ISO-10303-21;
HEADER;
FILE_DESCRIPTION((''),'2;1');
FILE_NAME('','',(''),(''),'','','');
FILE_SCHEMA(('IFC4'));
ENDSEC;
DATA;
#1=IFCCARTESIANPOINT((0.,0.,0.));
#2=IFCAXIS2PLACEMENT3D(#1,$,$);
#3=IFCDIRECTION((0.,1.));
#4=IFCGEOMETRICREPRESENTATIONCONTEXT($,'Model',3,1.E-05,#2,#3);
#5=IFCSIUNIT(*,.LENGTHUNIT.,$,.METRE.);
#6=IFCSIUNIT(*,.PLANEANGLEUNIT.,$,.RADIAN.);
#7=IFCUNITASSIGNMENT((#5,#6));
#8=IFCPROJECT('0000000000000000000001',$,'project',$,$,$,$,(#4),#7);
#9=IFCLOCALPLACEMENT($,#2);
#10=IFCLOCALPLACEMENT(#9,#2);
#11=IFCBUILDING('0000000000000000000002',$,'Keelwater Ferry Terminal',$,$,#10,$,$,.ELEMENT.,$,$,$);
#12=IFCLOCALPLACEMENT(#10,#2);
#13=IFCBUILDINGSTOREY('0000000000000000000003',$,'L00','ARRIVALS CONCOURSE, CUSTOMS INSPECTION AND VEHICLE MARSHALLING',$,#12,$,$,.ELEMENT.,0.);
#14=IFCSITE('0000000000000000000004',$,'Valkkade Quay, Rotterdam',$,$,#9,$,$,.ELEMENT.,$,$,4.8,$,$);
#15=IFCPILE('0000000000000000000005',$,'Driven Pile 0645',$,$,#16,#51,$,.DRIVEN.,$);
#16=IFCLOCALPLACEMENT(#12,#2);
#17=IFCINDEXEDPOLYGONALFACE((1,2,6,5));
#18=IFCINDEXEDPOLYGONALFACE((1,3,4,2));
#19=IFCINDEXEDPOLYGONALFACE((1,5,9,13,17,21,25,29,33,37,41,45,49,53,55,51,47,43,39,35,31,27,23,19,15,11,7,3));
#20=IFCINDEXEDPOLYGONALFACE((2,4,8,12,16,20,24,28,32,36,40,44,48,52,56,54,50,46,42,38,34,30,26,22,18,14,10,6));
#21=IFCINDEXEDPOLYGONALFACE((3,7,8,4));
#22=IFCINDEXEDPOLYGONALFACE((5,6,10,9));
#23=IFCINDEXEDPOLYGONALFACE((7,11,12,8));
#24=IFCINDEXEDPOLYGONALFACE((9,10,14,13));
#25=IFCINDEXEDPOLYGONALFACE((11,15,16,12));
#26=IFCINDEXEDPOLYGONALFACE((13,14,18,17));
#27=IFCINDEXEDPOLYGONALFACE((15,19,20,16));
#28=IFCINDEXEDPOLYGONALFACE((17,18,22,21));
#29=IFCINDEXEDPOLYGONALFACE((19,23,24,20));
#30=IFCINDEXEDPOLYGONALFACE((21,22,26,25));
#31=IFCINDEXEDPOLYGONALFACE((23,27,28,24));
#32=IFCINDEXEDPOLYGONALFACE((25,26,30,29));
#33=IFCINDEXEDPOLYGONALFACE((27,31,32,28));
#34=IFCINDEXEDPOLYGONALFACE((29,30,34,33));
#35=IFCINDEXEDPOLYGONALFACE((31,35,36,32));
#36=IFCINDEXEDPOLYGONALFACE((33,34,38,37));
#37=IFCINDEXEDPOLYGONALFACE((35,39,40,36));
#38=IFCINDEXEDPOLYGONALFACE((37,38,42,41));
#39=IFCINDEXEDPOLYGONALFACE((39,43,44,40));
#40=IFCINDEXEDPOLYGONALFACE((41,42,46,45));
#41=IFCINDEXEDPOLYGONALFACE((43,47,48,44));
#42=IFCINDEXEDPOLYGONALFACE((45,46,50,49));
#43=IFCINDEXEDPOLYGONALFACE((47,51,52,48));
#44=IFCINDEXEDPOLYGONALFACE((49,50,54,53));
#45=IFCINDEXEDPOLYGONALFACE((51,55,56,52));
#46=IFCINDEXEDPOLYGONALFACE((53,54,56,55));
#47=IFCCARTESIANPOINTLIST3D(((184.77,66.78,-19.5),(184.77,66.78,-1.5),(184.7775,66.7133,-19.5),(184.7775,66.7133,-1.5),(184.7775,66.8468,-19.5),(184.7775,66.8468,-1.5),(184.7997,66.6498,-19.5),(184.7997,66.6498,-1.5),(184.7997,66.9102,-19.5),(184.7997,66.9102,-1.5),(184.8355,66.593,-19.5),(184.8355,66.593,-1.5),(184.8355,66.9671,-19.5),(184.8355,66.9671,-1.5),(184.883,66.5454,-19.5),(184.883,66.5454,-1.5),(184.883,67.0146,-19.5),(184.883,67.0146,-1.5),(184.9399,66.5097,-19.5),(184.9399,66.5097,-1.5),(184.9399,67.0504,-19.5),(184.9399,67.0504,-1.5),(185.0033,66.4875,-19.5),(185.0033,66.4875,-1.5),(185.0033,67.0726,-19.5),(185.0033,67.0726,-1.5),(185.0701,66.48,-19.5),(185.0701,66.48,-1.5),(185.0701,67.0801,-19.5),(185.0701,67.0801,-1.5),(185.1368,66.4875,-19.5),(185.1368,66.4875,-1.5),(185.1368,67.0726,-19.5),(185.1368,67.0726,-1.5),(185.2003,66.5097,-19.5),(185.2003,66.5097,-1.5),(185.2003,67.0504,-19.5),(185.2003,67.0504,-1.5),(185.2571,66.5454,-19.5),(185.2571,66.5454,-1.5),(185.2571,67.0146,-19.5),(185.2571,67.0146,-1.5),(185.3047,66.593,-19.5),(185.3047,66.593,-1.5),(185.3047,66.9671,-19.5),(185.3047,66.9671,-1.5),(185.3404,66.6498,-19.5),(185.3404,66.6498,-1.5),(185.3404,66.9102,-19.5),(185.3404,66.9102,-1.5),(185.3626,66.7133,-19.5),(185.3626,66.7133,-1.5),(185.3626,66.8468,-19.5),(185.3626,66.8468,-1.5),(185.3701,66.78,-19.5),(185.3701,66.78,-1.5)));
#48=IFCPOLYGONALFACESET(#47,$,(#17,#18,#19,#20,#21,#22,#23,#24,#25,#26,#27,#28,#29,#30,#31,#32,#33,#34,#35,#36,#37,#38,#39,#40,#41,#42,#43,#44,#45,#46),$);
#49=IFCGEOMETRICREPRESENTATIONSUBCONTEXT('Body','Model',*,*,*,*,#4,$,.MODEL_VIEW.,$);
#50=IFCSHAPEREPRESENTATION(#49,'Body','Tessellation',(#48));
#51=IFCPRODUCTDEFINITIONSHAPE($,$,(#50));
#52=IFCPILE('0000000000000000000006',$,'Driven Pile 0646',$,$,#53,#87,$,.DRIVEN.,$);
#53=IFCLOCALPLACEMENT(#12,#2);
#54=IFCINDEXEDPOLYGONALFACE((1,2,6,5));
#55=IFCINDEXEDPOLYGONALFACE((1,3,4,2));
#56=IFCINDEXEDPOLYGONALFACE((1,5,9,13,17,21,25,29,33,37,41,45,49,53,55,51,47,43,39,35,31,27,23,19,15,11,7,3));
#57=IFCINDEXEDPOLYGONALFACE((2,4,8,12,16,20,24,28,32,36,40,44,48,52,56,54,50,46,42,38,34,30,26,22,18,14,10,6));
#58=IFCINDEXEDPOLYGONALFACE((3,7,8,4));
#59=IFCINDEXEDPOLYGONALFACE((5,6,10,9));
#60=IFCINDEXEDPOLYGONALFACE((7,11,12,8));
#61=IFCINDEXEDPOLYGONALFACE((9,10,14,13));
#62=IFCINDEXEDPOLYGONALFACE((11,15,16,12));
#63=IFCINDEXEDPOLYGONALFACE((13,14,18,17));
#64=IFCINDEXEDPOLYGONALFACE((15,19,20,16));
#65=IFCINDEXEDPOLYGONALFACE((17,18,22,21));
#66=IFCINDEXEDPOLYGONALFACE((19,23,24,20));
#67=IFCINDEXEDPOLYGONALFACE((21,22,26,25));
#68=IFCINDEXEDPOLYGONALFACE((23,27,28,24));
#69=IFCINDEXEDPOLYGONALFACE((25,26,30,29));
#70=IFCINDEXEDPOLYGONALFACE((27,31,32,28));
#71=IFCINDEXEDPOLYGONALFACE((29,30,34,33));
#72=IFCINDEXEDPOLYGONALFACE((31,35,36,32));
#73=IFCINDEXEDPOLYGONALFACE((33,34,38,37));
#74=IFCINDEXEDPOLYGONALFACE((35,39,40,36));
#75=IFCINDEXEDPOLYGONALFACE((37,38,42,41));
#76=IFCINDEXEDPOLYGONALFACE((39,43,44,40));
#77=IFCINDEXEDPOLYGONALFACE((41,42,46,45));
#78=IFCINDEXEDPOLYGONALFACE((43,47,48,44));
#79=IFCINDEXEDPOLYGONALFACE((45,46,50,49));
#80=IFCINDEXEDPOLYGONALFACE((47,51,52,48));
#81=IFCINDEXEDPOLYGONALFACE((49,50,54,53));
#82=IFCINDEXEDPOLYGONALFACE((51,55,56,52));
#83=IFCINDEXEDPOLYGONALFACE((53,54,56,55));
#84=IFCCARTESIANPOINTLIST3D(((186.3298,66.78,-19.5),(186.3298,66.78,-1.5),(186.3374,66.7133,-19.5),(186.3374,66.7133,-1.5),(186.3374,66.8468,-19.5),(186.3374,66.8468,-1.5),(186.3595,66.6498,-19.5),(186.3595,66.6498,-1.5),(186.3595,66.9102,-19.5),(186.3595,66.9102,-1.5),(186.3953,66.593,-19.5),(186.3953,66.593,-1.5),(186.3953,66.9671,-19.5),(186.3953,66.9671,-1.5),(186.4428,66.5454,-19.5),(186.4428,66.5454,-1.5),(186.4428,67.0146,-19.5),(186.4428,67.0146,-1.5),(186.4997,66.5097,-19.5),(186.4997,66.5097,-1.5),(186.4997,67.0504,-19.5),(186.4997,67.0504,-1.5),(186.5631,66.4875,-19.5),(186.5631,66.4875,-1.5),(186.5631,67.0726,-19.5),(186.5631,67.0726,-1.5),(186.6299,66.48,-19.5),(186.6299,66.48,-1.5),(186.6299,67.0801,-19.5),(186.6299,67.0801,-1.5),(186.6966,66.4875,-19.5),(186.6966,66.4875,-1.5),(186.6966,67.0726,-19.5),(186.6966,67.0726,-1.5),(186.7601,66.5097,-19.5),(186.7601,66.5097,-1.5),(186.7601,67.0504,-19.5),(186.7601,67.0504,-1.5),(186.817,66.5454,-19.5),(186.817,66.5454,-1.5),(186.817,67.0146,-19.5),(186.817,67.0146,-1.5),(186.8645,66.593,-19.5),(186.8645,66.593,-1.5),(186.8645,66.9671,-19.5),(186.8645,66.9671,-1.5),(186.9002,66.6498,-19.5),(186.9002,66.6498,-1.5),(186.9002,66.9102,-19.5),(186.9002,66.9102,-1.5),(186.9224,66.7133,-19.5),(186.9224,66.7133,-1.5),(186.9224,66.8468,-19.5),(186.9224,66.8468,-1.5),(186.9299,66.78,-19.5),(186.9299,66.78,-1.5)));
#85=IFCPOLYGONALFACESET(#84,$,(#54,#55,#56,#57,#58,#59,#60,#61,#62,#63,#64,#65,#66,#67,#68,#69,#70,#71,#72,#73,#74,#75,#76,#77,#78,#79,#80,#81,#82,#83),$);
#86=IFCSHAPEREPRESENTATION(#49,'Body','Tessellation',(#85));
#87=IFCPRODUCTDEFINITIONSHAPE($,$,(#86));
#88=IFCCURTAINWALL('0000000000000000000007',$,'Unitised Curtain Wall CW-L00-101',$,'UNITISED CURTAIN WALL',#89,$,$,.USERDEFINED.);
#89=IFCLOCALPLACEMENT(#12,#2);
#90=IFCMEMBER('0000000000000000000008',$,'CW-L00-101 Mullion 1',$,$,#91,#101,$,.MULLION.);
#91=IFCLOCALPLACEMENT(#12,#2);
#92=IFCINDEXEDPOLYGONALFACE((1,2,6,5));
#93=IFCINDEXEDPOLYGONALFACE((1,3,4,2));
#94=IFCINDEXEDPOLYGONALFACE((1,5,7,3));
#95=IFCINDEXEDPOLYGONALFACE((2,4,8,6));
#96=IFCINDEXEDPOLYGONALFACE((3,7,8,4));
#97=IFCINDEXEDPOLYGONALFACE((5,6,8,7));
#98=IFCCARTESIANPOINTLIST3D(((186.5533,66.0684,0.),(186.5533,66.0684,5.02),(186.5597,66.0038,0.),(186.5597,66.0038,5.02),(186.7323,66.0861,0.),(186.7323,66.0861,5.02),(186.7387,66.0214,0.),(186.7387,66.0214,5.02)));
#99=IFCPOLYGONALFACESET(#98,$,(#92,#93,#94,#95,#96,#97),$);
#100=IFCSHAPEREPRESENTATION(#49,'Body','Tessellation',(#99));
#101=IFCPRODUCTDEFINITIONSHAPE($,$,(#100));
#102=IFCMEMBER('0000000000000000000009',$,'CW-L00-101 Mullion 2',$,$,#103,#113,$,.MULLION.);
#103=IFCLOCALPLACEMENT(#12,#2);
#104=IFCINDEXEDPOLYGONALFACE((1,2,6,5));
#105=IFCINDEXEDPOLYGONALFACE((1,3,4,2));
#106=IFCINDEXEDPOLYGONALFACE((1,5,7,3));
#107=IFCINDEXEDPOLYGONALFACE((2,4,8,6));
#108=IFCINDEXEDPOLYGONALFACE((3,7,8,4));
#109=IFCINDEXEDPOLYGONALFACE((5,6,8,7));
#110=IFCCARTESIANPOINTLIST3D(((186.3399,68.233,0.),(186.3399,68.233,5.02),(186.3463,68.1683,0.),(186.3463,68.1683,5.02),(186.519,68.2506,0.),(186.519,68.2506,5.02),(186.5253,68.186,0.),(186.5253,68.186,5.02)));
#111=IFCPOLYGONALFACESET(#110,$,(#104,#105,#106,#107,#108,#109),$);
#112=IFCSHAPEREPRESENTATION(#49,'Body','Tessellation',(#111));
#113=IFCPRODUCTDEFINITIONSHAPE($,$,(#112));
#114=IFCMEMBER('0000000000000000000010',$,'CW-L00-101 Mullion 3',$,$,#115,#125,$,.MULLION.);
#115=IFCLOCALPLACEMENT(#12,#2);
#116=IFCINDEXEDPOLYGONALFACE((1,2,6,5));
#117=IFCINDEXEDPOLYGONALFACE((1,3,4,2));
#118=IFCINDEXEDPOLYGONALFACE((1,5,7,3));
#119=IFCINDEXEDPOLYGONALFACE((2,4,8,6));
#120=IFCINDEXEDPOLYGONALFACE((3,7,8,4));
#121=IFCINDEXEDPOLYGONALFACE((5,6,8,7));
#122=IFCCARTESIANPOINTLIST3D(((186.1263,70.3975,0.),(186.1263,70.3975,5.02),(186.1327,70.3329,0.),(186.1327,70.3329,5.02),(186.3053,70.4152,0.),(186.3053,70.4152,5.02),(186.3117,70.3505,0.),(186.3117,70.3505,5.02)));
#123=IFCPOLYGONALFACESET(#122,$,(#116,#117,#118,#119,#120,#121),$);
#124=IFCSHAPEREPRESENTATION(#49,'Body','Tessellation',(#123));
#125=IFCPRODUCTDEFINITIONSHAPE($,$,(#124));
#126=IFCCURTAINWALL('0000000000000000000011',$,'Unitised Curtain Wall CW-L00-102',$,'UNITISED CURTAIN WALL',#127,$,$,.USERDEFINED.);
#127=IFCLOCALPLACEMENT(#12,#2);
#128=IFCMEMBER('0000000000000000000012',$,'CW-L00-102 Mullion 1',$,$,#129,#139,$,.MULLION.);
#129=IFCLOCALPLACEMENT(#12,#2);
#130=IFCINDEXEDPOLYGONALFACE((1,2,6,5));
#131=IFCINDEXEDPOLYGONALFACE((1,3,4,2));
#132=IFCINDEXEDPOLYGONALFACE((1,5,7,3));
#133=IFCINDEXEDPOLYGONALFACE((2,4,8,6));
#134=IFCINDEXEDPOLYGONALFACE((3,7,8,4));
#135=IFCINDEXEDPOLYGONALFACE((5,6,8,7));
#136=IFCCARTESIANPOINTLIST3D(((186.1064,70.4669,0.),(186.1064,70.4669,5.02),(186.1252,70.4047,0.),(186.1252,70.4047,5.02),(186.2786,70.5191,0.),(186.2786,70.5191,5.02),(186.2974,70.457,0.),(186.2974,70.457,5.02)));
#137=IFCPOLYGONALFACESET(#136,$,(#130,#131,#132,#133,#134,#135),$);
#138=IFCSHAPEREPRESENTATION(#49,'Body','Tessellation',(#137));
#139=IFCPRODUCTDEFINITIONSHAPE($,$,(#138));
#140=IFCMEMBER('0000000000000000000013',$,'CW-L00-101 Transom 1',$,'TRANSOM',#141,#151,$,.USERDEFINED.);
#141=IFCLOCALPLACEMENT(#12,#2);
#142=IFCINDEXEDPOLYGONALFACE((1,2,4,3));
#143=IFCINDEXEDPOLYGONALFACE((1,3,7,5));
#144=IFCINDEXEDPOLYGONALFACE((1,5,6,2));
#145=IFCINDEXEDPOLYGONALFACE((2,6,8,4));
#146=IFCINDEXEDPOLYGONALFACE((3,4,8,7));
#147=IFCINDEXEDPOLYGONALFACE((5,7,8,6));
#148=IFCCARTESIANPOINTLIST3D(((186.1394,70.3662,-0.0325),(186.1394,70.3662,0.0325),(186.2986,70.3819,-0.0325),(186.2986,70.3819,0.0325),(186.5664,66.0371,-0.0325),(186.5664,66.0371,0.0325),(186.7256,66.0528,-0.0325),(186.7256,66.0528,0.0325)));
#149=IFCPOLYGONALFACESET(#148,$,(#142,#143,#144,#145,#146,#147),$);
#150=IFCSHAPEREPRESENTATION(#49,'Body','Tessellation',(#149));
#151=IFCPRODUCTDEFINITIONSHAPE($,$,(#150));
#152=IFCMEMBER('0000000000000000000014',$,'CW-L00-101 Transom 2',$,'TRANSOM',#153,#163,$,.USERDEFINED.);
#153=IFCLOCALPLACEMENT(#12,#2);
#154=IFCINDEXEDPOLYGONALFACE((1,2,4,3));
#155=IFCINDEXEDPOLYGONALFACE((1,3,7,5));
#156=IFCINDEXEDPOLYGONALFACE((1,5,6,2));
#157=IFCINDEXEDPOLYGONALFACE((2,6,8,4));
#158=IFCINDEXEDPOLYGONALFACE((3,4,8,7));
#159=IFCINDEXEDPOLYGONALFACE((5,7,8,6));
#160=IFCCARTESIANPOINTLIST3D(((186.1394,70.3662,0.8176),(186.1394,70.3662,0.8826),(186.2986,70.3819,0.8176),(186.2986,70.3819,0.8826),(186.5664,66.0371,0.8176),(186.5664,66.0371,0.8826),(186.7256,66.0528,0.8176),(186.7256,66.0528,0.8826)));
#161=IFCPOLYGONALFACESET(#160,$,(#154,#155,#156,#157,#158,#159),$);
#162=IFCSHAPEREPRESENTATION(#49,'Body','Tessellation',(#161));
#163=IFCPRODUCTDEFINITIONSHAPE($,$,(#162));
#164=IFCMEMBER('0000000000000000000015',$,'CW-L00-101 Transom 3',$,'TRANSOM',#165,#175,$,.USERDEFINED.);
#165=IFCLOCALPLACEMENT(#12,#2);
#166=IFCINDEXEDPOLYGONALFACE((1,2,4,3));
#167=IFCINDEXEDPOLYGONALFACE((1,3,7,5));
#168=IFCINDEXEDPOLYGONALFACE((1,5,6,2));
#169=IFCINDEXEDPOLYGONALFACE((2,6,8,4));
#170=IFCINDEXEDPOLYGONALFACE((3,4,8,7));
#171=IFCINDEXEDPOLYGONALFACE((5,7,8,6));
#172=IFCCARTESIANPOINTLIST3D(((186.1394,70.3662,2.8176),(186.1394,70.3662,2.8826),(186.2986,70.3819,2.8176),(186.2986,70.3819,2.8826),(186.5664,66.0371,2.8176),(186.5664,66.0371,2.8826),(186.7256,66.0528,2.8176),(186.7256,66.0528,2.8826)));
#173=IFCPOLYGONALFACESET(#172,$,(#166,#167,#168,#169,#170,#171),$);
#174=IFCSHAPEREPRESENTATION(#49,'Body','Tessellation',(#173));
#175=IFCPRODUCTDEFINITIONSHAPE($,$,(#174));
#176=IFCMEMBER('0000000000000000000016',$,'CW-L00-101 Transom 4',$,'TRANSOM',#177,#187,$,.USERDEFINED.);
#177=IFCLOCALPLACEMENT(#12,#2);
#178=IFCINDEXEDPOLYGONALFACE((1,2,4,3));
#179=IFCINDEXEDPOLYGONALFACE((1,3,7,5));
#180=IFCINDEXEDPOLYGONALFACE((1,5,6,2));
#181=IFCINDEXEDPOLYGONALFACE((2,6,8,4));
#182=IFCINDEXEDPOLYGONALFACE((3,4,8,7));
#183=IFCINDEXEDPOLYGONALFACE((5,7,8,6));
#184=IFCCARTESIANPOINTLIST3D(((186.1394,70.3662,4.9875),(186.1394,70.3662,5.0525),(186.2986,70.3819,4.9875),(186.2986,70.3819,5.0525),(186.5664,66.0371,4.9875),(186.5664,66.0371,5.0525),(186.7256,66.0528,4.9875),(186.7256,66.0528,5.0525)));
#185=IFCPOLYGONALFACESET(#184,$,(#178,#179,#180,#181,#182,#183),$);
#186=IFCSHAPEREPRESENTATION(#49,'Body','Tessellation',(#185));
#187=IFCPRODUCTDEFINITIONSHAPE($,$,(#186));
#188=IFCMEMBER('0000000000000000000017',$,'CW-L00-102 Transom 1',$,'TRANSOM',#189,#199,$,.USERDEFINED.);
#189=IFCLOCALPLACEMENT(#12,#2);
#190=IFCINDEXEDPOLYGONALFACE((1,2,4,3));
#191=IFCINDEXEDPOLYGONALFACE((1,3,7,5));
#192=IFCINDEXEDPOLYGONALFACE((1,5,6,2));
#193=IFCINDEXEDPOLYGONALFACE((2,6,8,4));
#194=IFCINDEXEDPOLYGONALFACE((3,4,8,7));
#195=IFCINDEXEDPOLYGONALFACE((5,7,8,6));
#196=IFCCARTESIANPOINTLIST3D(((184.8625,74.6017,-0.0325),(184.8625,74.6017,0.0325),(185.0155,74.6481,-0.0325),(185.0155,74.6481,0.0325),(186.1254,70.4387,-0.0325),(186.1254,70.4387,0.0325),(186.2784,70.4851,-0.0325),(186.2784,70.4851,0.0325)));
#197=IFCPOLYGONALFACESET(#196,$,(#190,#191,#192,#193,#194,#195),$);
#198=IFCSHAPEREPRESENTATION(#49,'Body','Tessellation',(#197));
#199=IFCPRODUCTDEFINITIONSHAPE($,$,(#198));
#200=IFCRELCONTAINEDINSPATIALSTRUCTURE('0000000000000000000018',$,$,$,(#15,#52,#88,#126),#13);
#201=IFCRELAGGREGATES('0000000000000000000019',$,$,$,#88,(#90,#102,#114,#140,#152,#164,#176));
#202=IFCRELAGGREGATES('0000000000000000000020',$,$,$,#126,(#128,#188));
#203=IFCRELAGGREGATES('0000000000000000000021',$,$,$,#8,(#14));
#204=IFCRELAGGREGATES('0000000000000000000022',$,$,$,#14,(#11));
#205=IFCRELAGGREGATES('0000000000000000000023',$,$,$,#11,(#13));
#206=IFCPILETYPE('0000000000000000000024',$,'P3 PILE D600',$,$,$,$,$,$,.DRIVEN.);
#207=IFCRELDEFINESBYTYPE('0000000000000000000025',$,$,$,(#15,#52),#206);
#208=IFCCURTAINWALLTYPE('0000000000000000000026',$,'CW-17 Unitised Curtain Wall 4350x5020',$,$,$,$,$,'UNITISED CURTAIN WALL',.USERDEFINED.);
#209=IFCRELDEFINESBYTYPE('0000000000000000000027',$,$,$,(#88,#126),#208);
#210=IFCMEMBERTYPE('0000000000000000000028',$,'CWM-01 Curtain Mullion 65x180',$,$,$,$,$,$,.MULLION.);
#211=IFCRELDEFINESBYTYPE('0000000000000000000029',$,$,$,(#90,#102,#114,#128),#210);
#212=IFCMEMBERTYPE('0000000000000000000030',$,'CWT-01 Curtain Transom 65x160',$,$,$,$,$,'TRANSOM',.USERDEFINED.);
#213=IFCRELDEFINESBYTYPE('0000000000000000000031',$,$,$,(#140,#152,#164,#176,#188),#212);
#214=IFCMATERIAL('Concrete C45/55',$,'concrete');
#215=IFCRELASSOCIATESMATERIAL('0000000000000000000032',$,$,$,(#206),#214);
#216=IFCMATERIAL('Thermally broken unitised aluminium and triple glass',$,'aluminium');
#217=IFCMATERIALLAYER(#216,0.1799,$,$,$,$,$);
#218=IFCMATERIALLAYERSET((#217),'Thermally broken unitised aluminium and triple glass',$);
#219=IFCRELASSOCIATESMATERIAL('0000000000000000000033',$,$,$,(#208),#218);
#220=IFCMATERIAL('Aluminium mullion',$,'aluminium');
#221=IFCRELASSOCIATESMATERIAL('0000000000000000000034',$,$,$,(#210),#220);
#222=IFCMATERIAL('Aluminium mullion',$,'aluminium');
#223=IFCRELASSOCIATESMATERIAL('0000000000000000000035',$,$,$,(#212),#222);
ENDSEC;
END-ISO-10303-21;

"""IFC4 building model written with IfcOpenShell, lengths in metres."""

from ifc_helpers import new_model, si_unit, direction, frame, origin, origin_2d, place, context, subcontext, project, spatial, rectangle, circle, extrude, material, layer, layer_set, material_profile, profile_set, type_object, element, aggregate, save


model = new_model("IFC4")

# Units and contexts
model_context = context("Model", 3, precision=1e-05, world=origin(), true_north=direction((0.0, 1.0)))
body_context = subcontext(model_context, "Body", "Model", "MODEL_VIEW")
ifc_project = project(units=[si_unit("LENGTHUNIT", "METRE"), si_unit("PLANEANGLEUNIT", "RADIAN")], contexts=[model_context])

# Site, building, storey
site_placement = place(None, origin())
site = spatial("IfcSite", under=ifc_project, at=site_placement, Name="Valkkade Quay, Rotterdam", CompositionType="ELEMENT", RefElevation=4.8)
building_placement = place(site_placement, origin())
building = spatial("IfcBuilding", under=site, at=building_placement, Name="Keelwater Ferry Terminal", CompositionType="ELEMENT")
storey_placement = place(building_placement, origin())
storey = spatial("IfcBuildingStorey", under=building, at=storey_placement, Name="L00", Description="ARRIVALS CONCOURSE, CUSTOMS INSPECTION AND VEHICLE MARSHALLING", CompositionType="ELEMENT", Elevation=0.0)

# Piles
ifc_material_1 = material(Name="Concrete C45/55", Category="concrete")
ifc_material_profile_1 = material_profile(ifc_material_1, circle(Radius=0.3, at=origin_2d()), Name="PILE D600")
ifc_profile_set_1 = profile_set([ifc_material_profile_1], Name="Concrete C45/55")
pile_type = type_object("IfcPileType", Name="P3 PILE D600", PredefinedType="DRIVEN", material=ifc_profile_set_1)
for number, where, z_axis, x_axis, name in (
    (1, (185.0701, 66.78, -1.5), (0.0, 0.0, -1.0), (1.0, 0.0, 0.0), "Driven Pile 0645"),
    (2, (186.6299, 66.78, -1.5), (0.0, 0.0, -1.0), (1.0, 0.0, 0.0), "Driven Pile 0646"),
):
    element("IfcPile", number, at=place(storey_placement, frame(where, z_axis=z_axis, x_axis=x_axis)), inside=storey, type_object=pile_type, Name=name, PredefinedType="DRIVEN", context=body_context, shape_type="SweptSolid", body=[
        extrude(circle(Radius=0.3, at=origin_2d()), origin(), (0.0, 0.0, 1.0), 18.0),
    ])

# Curtain wall, members
ifc_material_2 = material(Name="Thermally broken unitised aluminium and triple glass", Category="aluminium")
ifc_layer_1 = layer(ifc_material_2, 0.1799)
ifc_layer_set_1 = layer_set([ifc_layer_1], Name="Thermally broken unitised aluminium and triple glass")
curtain_wall_type = type_object("IfcCurtainWallType", Name="CW-17 Unitised Curtain Wall 4350x5020", ElementType="UNITISED CURTAIN WALL", PredefinedType="USERDEFINED", material=ifc_layer_set_1)
curtain_wall_1_placement = place(storey_placement, origin())
curtain_wall_1 = element("IfcCurtainWall", 3, at=curtain_wall_1_placement, inside=storey, type_object=curtain_wall_type, Name="Unitised Curtain Wall CW-L00-101", ObjectType="UNITISED CURTAIN WALL", PredefinedType="USERDEFINED")
ifc_material_3 = material(Name="Aluminium mullion", Category="aluminium")
ifc_material_profile_2 = material_profile(ifc_material_3, rectangle(XDim=0.0649, YDim=0.1799, at=origin_2d()), Name="CWM-01")
ifc_profile_set_2 = profile_set([ifc_material_profile_2], Name="Aluminium mullion")
member_type_1 = type_object("IfcMemberType", Name="CWM-01 Curtain Mullion 65x180", PredefinedType="MULLION", material=ifc_profile_set_2)
member_1_placement = place(storey_placement, frame((186.646, 66.0449, 0.0), z_axis=(0.0, 0.0, 1.0), x_axis=(-0.098161, 0.995171, 0.0)))
member_1 = element("IfcMember", 4, at=member_1_placement, type_object=member_type_1, Name="CW-L00-101 Mullion 1", PredefinedType="MULLION", context=body_context, shape_type="SweptSolid", body=[
    extrude(rectangle(XDim=0.0649, YDim=0.1799, at=origin_2d()), origin(), (0.0, 0.0, 1.0), 5.02),
])
member_2_placement = place(storey_placement, frame((186.4326, 68.2095, 0.0), z_axis=(0.0, 0.0, 1.0), x_axis=(-0.098161, 0.995171, 0.0)))
member_2 = element("IfcMember", 5, at=member_2_placement, type_object=member_type_1, Name="CW-L00-101 Mullion 2", PredefinedType="MULLION", context=body_context, shape_type="SweptSolid", body=[
    extrude(rectangle(XDim=0.0649, YDim=0.1799, at=origin_2d()), origin(), (0.0, 0.0, 1.0), 5.02),
])
member_3_placement = place(storey_placement, frame((186.219, 70.374, 0.0), z_axis=(0.0, 0.0, 1.0), x_axis=(-0.098161, 0.995171, 0.0)))
member_3 = element("IfcMember", 6, at=member_3_placement, type_object=member_type_1, Name="CW-L00-101 Mullion 3", PredefinedType="MULLION", context=body_context, shape_type="SweptSolid", body=[
    extrude(rectangle(XDim=0.0649, YDim=0.1799, at=origin_2d()), origin(), (0.0, 0.0, 1.0), 5.02),
])

# Curtain wall, member
curtain_wall_2_placement = place(storey_placement, origin())
curtain_wall_2 = element("IfcCurtainWall", 7, at=curtain_wall_2_placement, inside=storey, type_object=curtain_wall_type, Name="Unitised Curtain Wall CW-L00-102", ObjectType="UNITISED CURTAIN WALL", PredefinedType="USERDEFINED")
member_4_placement = place(storey_placement, frame((186.2019, 70.4619, 0.0), z_axis=(0.0, 0.0, 1.0), x_axis=(-0.29032, 0.95693, 0.0)))
member_4 = element("IfcMember", 8, at=member_4_placement, type_object=member_type_1, Name="CW-L00-102 Mullion 1", PredefinedType="MULLION", context=body_context, shape_type="SweptSolid", body=[
    extrude(rectangle(XDim=0.0649, YDim=0.1799, at=origin_2d()), origin(), (0.0, 0.0, 1.0), 5.02),
])

# Members
ifc_material_4 = material(Name="Aluminium mullion", Category="aluminium")
ifc_material_profile_3 = material_profile(ifc_material_4, rectangle(XDim=0.1599, YDim=0.0649, at=origin_2d()), Name="CWT-01")
ifc_profile_set_3 = profile_set([ifc_material_profile_3], Name="Aluminium mullion")
member_type_2 = type_object("IfcMemberType", Name="CWT-01 Curtain Transom 65x160", ElementType="TRANSOM", PredefinedType="USERDEFINED", material=ifc_profile_set_3)
member_5_placement = place(storey_placement, frame((186.646, 66.0449, 0.0), z_axis=(-0.098159, 0.995171, 0.0), x_axis=(-0.995171, -0.098159, 0.0)))
member_5 = element("IfcMember", 9, at=member_5_placement, type_object=member_type_2, Name="CW-L00-101 Transom 1", ObjectType="TRANSOM", PredefinedType="USERDEFINED", context=body_context, shape_type="SweptSolid", body=[
    extrude(rectangle(XDim=0.1599, YDim=0.0649, at=origin_2d()), origin(), (0.0, 0.0, 1.0), 4.3501),
])
member_6_placement = place(storey_placement, frame((186.646, 66.0449, 0.8501), z_axis=(-0.098159, 0.995171, 0.0), x_axis=(-0.995171, -0.098159, 0.0)))
member_6 = element("IfcMember", 10, at=member_6_placement, type_object=member_type_2, Name="CW-L00-101 Transom 2", ObjectType="TRANSOM", PredefinedType="USERDEFINED", context=body_context, shape_type="SweptSolid", body=[
    extrude(rectangle(XDim=0.1599, YDim=0.0649, at=origin_2d()), origin(), (0.0, 0.0, 1.0), 4.3501),
])
member_7_placement = place(storey_placement, frame((186.646, 66.0449, 2.8501), z_axis=(-0.098159, 0.995171, 0.0), x_axis=(-0.995171, -0.098159, 0.0)))
member_7 = element("IfcMember", 11, at=member_7_placement, type_object=member_type_2, Name="CW-L00-101 Transom 3", ObjectType="TRANSOM", PredefinedType="USERDEFINED", context=body_context, shape_type="SweptSolid", body=[
    extrude(rectangle(XDim=0.1599, YDim=0.0649, at=origin_2d()), origin(), (0.0, 0.0, 1.0), 4.3501),
])
member_8_placement = place(storey_placement, frame((186.646, 66.0449, 5.02), z_axis=(-0.098159, 0.995171, 0.0), x_axis=(-0.995171, -0.098159, 0.0)))
member_8 = element("IfcMember", 12, at=member_8_placement, type_object=member_type_2, Name="CW-L00-101 Transom 4", ObjectType="TRANSOM", PredefinedType="USERDEFINED", context=body_context, shape_type="SweptSolid", body=[
    extrude(rectangle(XDim=0.1599, YDim=0.0649, at=origin_2d()), origin(), (0.0, 0.0, 1.0), 4.3501),
])
member_9_placement = place(storey_placement, frame((186.2019, 70.4619, 0.0), z_axis=(-0.290302, 0.956935, 0.0), x_axis=(-0.956935, -0.290302, 0.0)))
member_9 = element("IfcMember", 13, at=member_9_placement, type_object=member_type_2, Name="CW-L00-102 Transom 1", ObjectType="TRANSOM", PredefinedType="USERDEFINED", context=body_context, shape_type="SweptSolid", body=[
    extrude(rectangle(XDim=0.1599, YDim=0.0649, at=origin_2d()), origin(), (0.0, 0.0, 1.0), 4.3503),
])

aggregate(curtain_wall_1, [member_1, member_2, member_3, member_5, member_6, member_7, member_8])
aggregate(curtain_wall_2, [member_4, member_9])

save(model, "model.ifc")
